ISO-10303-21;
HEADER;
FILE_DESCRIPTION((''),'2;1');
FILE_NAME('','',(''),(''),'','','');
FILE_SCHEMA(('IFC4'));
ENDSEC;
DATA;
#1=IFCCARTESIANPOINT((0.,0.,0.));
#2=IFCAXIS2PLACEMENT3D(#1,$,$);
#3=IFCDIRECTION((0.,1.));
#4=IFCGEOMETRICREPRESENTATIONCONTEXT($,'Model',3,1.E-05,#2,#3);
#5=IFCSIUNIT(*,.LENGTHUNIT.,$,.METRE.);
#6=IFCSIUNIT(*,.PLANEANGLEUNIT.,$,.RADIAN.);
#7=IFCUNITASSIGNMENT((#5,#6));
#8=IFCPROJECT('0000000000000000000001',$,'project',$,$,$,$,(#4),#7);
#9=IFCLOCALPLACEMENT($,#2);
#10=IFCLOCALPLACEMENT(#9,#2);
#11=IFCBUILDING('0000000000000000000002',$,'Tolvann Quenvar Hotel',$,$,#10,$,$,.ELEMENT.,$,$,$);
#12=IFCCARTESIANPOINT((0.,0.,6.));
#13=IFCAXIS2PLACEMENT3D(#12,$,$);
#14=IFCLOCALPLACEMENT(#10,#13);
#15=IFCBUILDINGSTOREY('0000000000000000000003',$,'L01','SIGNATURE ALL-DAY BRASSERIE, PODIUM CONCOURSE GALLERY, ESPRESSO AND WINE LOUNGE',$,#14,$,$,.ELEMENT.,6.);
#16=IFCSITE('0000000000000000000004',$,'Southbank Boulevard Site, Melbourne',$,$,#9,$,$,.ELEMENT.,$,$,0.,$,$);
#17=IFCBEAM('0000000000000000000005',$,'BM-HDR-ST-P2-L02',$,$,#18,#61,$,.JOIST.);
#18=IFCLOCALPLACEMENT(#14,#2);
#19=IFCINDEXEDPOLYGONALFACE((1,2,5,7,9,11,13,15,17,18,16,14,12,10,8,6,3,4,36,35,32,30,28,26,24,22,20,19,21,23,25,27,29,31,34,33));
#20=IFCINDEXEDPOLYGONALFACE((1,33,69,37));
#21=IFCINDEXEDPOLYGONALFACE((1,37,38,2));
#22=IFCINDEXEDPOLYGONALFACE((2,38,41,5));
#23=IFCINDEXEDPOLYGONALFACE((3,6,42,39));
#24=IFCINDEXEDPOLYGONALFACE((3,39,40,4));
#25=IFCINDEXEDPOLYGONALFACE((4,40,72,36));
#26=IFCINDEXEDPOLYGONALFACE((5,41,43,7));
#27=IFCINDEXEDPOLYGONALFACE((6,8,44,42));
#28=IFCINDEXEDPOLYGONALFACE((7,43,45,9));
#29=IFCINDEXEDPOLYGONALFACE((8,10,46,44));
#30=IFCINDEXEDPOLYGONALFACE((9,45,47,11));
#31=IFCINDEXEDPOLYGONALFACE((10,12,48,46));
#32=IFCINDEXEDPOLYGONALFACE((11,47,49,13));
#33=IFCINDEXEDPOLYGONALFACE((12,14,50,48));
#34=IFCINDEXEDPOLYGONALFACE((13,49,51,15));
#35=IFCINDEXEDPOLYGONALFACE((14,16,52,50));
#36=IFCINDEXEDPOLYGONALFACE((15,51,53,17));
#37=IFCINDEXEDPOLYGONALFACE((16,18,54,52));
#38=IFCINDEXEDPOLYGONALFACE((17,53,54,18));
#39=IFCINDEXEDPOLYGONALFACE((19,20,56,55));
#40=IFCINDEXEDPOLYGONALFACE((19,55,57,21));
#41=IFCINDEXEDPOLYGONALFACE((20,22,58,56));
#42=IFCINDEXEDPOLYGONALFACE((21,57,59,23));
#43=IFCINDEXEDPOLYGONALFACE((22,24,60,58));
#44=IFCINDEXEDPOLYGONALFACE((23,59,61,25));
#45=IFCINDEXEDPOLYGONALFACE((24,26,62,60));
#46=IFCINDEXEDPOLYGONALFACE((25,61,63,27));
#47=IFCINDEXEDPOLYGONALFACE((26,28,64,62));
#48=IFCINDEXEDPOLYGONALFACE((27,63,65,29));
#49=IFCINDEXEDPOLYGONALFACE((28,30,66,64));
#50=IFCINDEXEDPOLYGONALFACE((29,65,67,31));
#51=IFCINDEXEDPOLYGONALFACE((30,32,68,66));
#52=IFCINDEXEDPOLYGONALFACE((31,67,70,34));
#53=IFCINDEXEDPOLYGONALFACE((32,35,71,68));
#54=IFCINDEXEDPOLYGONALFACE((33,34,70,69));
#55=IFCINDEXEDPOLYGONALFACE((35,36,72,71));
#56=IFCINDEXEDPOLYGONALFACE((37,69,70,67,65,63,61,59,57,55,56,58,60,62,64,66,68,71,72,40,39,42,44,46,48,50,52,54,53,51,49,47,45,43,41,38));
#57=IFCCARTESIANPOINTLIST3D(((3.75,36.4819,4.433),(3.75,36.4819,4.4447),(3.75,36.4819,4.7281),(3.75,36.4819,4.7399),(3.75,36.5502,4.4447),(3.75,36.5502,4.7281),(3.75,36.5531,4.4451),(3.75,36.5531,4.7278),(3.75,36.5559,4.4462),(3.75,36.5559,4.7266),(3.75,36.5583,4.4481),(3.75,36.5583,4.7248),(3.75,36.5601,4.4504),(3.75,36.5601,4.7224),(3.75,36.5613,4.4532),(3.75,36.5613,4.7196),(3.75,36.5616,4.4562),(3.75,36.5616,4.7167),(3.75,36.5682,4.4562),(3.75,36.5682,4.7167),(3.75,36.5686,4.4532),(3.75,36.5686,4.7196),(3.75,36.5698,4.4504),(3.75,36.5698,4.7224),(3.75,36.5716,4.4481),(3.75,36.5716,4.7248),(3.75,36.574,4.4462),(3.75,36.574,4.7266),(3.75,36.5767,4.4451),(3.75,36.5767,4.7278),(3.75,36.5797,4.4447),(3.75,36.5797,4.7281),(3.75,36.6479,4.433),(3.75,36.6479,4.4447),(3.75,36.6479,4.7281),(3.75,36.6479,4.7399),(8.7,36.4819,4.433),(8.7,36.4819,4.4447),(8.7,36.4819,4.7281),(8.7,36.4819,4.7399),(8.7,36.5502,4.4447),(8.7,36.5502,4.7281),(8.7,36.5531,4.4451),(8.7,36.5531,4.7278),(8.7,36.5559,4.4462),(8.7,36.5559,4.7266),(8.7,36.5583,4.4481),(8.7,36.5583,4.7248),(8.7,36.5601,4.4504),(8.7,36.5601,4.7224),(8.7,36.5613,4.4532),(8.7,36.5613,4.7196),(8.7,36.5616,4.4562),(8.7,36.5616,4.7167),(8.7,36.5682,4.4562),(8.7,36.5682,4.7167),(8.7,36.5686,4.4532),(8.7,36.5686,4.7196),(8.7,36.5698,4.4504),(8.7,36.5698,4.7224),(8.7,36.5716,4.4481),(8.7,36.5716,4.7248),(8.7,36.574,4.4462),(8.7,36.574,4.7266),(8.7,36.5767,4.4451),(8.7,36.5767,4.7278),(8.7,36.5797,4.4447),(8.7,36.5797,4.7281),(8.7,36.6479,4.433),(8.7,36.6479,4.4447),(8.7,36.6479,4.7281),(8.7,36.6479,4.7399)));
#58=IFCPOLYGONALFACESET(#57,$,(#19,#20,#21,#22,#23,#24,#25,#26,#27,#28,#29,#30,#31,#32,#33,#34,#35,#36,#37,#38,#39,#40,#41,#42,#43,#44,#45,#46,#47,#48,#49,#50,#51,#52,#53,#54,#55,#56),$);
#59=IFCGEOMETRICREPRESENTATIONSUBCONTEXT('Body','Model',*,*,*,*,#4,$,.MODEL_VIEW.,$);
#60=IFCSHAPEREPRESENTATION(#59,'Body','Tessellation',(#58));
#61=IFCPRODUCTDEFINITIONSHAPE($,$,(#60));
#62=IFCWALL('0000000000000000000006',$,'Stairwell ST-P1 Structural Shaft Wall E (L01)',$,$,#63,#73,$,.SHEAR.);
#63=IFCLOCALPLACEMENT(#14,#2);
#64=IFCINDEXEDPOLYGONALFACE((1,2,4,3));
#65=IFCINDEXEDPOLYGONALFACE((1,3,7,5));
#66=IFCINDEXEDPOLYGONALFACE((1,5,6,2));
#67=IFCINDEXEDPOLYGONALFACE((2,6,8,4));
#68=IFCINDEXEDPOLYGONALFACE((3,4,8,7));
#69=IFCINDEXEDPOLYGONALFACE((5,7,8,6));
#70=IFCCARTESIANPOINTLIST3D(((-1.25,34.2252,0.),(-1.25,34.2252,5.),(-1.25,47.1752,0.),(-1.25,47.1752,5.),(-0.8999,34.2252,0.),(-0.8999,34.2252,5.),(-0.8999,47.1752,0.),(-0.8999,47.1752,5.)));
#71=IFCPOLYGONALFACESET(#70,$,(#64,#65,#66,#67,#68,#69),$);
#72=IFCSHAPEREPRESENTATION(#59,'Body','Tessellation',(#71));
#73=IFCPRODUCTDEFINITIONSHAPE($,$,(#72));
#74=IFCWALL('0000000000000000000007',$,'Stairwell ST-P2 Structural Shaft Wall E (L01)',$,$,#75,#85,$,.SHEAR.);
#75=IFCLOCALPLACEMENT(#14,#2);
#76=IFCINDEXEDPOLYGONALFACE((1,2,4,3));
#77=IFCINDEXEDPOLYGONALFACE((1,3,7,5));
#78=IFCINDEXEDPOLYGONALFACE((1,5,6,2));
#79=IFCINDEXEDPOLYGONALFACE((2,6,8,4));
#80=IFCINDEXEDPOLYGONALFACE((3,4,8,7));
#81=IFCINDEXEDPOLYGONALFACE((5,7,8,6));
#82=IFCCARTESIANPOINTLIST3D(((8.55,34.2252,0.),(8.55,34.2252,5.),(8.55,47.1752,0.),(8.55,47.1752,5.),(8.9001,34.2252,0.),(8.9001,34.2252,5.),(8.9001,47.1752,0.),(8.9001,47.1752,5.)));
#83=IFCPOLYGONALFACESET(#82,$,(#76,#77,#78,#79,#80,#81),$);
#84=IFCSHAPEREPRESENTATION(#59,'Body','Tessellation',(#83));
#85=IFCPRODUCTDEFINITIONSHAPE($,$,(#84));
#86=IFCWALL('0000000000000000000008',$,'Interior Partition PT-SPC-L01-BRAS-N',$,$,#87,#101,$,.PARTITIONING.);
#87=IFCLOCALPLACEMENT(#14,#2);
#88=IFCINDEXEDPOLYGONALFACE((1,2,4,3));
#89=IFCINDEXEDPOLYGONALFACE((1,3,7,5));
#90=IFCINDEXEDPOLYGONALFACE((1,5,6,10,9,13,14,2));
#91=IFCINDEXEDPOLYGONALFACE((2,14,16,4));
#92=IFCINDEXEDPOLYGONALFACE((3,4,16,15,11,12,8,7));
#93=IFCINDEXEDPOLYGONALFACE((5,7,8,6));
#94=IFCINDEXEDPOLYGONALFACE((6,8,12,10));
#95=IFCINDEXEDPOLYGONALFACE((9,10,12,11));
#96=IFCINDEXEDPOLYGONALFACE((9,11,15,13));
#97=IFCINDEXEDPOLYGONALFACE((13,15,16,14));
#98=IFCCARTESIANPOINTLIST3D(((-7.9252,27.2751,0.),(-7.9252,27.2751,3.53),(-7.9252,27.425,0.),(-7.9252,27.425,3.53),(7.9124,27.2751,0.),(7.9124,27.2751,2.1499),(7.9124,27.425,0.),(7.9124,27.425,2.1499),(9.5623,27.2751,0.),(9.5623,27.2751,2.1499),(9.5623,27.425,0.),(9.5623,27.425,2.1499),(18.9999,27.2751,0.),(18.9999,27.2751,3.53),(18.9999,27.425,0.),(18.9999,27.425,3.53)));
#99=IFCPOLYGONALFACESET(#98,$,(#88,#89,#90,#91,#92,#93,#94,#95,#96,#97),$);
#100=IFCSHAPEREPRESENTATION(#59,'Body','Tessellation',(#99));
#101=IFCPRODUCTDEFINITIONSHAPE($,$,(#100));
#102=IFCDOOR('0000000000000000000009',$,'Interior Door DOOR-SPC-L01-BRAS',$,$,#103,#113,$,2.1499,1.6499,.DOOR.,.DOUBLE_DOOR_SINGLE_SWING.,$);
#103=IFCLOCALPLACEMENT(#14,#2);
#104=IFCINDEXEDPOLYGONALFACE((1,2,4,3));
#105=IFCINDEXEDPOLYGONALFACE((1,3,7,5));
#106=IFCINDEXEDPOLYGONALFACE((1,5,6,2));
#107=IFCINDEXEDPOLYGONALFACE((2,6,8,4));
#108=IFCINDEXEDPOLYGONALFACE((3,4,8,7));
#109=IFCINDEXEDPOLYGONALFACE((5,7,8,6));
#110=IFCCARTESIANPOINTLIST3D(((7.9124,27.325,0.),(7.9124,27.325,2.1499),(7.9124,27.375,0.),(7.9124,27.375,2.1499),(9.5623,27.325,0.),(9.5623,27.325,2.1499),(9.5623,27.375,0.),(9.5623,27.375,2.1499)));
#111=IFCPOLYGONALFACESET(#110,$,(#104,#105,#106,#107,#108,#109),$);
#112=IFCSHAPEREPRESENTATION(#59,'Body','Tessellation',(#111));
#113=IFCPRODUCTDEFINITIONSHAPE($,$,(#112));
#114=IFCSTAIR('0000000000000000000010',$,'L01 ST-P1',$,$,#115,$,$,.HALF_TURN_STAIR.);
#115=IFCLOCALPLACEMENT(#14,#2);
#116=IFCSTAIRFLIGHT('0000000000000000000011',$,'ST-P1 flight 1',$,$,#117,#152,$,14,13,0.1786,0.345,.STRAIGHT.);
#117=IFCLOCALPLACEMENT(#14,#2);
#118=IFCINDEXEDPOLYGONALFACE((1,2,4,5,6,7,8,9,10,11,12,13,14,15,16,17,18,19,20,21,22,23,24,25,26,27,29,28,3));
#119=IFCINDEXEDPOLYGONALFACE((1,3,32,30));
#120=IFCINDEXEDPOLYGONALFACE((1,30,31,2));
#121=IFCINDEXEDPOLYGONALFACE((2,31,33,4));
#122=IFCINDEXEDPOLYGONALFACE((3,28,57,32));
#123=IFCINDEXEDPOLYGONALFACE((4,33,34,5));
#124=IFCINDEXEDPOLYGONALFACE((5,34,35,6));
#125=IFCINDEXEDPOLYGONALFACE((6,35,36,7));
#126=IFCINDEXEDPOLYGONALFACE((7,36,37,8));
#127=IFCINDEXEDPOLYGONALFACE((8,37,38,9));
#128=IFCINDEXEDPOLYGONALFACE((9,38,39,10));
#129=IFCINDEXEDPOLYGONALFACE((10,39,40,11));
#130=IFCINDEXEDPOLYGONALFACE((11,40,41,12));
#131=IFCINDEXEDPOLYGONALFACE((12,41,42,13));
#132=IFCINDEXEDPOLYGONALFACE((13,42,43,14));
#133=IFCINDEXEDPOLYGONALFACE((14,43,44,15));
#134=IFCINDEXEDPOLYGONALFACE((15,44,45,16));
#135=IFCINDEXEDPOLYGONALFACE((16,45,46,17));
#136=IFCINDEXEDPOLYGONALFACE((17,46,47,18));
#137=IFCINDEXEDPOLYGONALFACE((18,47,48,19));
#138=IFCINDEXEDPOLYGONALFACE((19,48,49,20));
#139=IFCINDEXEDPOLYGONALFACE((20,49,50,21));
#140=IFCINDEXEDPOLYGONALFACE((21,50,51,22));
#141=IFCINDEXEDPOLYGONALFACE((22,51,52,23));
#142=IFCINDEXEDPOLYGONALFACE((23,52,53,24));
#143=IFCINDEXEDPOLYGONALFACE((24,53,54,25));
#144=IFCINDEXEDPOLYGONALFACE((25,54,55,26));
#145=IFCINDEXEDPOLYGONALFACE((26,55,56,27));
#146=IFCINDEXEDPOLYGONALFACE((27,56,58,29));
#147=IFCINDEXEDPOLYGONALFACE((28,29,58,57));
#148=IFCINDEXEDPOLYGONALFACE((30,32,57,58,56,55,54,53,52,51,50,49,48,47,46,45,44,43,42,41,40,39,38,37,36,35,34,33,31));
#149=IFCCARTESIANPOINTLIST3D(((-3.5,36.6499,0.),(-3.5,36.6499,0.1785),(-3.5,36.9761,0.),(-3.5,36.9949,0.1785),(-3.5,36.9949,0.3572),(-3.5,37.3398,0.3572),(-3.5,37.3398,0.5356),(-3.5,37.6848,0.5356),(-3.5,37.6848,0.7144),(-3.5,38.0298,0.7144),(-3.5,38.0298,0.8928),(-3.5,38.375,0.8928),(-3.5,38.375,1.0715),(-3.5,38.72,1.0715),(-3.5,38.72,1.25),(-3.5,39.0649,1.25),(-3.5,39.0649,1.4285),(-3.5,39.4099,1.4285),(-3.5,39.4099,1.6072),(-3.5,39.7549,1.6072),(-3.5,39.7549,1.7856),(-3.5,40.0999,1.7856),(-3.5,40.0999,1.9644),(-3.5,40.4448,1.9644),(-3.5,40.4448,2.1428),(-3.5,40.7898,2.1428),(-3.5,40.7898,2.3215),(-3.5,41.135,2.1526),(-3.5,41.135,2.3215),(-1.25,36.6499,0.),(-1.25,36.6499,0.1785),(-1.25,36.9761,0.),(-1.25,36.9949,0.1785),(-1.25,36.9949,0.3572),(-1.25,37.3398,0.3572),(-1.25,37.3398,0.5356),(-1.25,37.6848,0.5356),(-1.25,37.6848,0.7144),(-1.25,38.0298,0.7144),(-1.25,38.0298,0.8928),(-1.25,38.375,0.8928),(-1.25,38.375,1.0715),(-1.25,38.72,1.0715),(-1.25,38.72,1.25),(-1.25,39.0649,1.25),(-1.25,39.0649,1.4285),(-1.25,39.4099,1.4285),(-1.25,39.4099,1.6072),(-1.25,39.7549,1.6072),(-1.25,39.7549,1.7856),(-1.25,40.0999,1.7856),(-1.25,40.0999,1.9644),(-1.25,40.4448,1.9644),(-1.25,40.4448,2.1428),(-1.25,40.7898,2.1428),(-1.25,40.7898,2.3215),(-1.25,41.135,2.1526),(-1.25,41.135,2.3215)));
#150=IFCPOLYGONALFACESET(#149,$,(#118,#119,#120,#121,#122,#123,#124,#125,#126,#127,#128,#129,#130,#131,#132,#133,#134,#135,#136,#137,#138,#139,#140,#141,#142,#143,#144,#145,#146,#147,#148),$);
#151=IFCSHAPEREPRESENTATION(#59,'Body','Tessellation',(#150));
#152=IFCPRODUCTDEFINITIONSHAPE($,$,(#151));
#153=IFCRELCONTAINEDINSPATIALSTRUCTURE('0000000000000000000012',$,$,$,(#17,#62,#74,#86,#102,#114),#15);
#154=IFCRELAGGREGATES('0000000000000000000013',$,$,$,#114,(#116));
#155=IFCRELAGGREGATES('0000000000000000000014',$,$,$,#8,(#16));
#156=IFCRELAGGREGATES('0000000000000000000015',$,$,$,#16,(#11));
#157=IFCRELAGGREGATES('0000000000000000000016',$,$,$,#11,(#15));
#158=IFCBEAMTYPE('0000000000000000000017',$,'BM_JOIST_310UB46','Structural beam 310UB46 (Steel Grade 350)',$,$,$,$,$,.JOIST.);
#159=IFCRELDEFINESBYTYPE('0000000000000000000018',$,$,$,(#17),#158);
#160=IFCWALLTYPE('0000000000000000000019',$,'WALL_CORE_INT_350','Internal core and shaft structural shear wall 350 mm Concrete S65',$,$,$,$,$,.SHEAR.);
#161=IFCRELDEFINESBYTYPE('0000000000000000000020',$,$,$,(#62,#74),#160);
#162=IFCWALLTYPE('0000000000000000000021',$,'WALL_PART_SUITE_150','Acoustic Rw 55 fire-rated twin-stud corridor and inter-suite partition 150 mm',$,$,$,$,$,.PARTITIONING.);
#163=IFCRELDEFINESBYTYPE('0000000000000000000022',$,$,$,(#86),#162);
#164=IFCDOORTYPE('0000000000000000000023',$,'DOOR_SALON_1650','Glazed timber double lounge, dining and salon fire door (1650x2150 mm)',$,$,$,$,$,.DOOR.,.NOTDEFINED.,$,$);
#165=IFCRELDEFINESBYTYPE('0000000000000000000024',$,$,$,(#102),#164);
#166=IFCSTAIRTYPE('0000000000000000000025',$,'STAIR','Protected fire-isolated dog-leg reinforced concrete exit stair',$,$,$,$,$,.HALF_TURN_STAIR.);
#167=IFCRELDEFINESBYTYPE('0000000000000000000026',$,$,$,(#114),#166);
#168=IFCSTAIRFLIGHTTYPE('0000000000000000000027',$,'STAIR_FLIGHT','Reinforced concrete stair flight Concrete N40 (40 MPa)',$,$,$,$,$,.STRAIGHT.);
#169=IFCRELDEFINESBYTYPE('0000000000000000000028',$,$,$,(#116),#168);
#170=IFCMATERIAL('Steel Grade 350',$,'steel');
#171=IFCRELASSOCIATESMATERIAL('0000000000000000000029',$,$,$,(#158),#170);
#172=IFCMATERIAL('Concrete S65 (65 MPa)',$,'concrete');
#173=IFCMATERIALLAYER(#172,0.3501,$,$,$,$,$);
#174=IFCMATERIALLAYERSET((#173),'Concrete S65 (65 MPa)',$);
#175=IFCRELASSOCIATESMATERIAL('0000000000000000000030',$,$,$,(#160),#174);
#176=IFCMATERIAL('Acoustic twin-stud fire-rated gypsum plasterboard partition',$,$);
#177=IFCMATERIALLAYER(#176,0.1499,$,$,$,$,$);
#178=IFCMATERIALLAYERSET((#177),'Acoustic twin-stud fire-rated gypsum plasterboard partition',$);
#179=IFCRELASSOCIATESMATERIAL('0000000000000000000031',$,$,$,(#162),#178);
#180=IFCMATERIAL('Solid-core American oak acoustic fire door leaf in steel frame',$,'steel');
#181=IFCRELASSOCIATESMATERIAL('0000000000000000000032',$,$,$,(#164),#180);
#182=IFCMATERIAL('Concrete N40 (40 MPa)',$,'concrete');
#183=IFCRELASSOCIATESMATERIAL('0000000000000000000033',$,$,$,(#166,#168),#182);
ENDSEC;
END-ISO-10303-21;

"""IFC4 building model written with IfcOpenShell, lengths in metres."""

from ifc_helpers import new_model, si_unit, direction, frame, frame_2d, origin, origin_2d, place, context, subcontext, project, spatial, polyline, rectangle, i_section, outline, extrude, source, transform, mapped, material, layer, layer_set, material_profile, profile_set, type_object, type_shapes, element, fill, aggregate, save


model = new_model("IFC4")

# Units and contexts
model_context = context("Model", 3, precision=1e-05, world=origin(), true_north=direction((0.0, 1.0)))
body_context = subcontext(model_context, "Body", "Model", "MODEL_VIEW")
ifc_project = project(units=[si_unit("LENGTHUNIT", "METRE"), si_unit("PLANEANGLEUNIT", "RADIAN")], contexts=[model_context])

# Site, building, storey
site_placement = place(None, origin())
site = spatial("IfcSite", under=ifc_project, at=site_placement, Name="Southbank Boulevard Site, Melbourne", CompositionType="ELEMENT", RefElevation=0.0)
building_placement = place(site_placement, origin())
building = spatial("IfcBuilding", under=site, at=building_placement, Name="Tolvann Quenvar Hotel", CompositionType="ELEMENT")
storey_placement = place(building_placement, frame((0.0, 0.0, 6.0)))
storey = spatial("IfcBuildingStorey", under=building, at=storey_placement, Name="L01", Description="SIGNATURE ALL-DAY BRASSERIE, PODIUM CONCOURSE GALLERY, ESPRESSO AND WINE LOUNGE", CompositionType="ELEMENT", Elevation=6.0)

# Shared definitions
ifc_material_1 = material(Name="Concrete S65 (65 MPa)", Category="concrete")

# Beam
ifc_material_2 = material(Name="Steel Grade 350", Category="steel")
ifc_material_profile_1 = material_profile(ifc_material_2, i_section(OverallWidth=0.166, OverallDepth=0.3069, WebThickness=0.0066, FlangeThickness=0.0117, FilletRadius=0.0115, at=origin_2d()), Name="310UB46")
ifc_profile_set_1 = profile_set([ifc_material_profile_1], Name="Steel Grade 350")
beam_type_1 = type_object("IfcBeamType", Name="BM_JOIST_310UB46", Description="Structural beam 310UB46 (Steel Grade 350)", PredefinedType="JOIST", material=ifc_profile_set_1)
shared_shape_1 = source(origin(), body_context, "Body", "SweptSolid", [
    extrude(i_section(OverallWidth=0.166, OverallDepth=0.3069, WebThickness=0.0066, FlangeThickness=0.0117, FilletRadius=0.0115, at=origin_2d()), origin(), (0.0, 0.0, 1.0), 4.95),
])
type_shapes(beam_type_1, [shared_shape_1])
for number, where, z_axis, x_axis, name in (
    (1, (3.75, 36.5649, 4.5864), (1.0, 0.0, 0.0), (0.0, 1.0, 0.0), "BM-HDR-ST-P2-L02"),
):
    element("IfcBeam", number, at=place(storey_placement, frame(where, z_axis=z_axis, x_axis=x_axis)), inside=storey, type_object=beam_type_1, Name=name, PredefinedType="JOIST", context=body_context, shape_type="MappedRepresentation", body=[
        mapped(shared_shape_1, transform((0.0, 0.0, 0.0), x_axis=(1.0, 0.0, 0.0), y_axis=(0.0, 1.0, 0.0), z_axis=(0.0, 0.0, 1.0), scale=1.0)),
    ])

# Shared definitions
ifc_layer_1 = layer(ifc_material_1, 0.3501)
ifc_layer_set_1 = layer_set([ifc_layer_1], Name="Concrete S65 (65 MPa)")
wall_type_1 = type_object("IfcWallType", Name="WALL_CORE_INT_350", Description="Internal core and shaft structural shear wall 350 mm Concrete S65", PredefinedType="SHEAR", material=ifc_layer_set_1)

# Wall
wall_1_placement = place(storey_placement, frame((-1.075, 34.2251, 0.0), z_axis=(0.0, 0.0, 1.0), x_axis=(0.0, 1.0, 0.0)))
element("IfcWall", 2, at=wall_1_placement, inside=storey, type_object=wall_type_1, Name="Stairwell ST-P1 Structural Shaft Wall E (L01)", PredefinedType="SHEAR", context=body_context, shape_type="SweptSolid", body=[
    extrude(rectangle(XDim=12.95, YDim=0.3501, at=frame_2d((6.4751, 0.0))), origin(), (0.0, 0.0, 1.0), 5.0),
])

# Wall
wall_2_placement = place(storey_placement, frame((8.7251, 34.2251, 0.0), z_axis=(0.0, 0.0, 1.0), x_axis=(0.0, 1.0, 0.0)))
element("IfcWall", 3, at=wall_2_placement, inside=storey, type_object=wall_type_1, Name="Stairwell ST-P2 Structural Shaft Wall E (L01)", PredefinedType="SHEAR", context=body_context, shape_type="SweptSolid", body=[
    extrude(rectangle(XDim=12.95, YDim=0.3501, at=frame_2d((6.4751, 0.0))), origin(), (0.0, 0.0, 1.0), 5.0),
])

# Wall, opening, door
ifc_material_3 = material(Name="Acoustic twin-stud fire-rated gypsum plasterboard partition")
ifc_layer_2 = layer(ifc_material_3, 0.1499)
ifc_layer_set_2 = layer_set([ifc_layer_2], Name="Acoustic twin-stud fire-rated gypsum plasterboard partition")
wall_type_2 = type_object("IfcWallType", Name="WALL_PART_SUITE_150", Description="Acoustic Rw 55 fire-rated twin-stud corridor and inter-suite partition 150 mm", PredefinedType="PARTITIONING", material=ifc_layer_set_2)
wall_3_placement = place(storey_placement, frame((-7.925, 27.3501, 0.0), z_axis=(0.0, 0.0, 1.0), x_axis=(1.0, 0.0, 0.0)))
wall_3 = element("IfcWall", 4, at=wall_3_placement, inside=storey, type_object=wall_type_2, Name="Interior Partition PT-SPC-L01-BRAS-N", PredefinedType="PARTITIONING", context=body_context, shape_type="SweptSolid", body=[
    extrude(rectangle(XDim=26.925, YDim=0.1499, at=frame_2d((13.4624, 0.0))), origin(), (0.0, 0.0, 1.0), 3.53),
])
opening_1_placement = place(wall_3_placement, frame((15.8374, 0.0, 0.0)))
opening_1 = element("IfcOpeningElement", 5, at=opening_1_placement, cuts=wall_3, PredefinedType="OPENING", context=body_context, shape_type="SweptSolid", body=[
    extrude(rectangle(XDim=1.6499, YDim=2.1499, at=frame_2d((0.825, 1.075))), frame((0.0, 0.085, 0.0), z_axis=(0.0, -1.0, 0.0), x_axis=(1.0, 0.0, 0.0)), (0.0, 0.0, 1.0), 0.1699),
])
ifc_material_4 = material(Name="Solid-core American oak acoustic fire door leaf in steel frame", Category="steel")
door_type_1 = type_object("IfcDoorType", Name="DOOR_SALON_1650", Description="Glazed timber double lounge, dining and salon fire door (1650x2150 mm)", OperationType="NOTDEFINED", PredefinedType="DOOR", material=ifc_material_4)
shared_shape_2 = source(origin(), body_context, "Body", "SweptSolid", [
    extrude(rectangle(XDim=1.6499, YDim=2.1499, at=frame_2d((0.825, 1.075))), frame((0.0, 0.0249, 0.0), z_axis=(0.0, -1.0, 0.0), x_axis=(1.0, 0.0, 0.0)), (0.0, 0.0, 1.0), 0.05),
])
type_shapes(door_type_1, [shared_shape_2])
door_1_placement = place(opening_1_placement, origin())
door_1 = element("IfcDoor", 6, at=door_1_placement, inside=storey, type_object=door_type_1, Name="Interior Door DOOR-SPC-L01-BRAS", OperationType="DOUBLE_DOOR_SINGLE_SWING", OverallHeight=2.1499, OverallWidth=1.6499, PredefinedType="DOOR", context=body_context, shape_type="MappedRepresentation", body=[
    mapped(shared_shape_2, transform((0.0, 0.0, 0.0), x_axis=(1.0, 0.0, 0.0), y_axis=(0.0, 1.0, 0.0), z_axis=(0.0, 0.0, 1.0), scale=1.0)),
])
fill(opening_1, door_1)

# Stair, stair flight
ifc_material_5 = material(Name="Concrete N40 (40 MPa)", Category="concrete")
stair_type = type_object("IfcStairType", Name="STAIR", Description="Protected fire-isolated dog-leg reinforced concrete exit stair", PredefinedType="HALF_TURN_STAIR", material=ifc_material_5)
stair_placement = place(storey_placement, origin())
stair = element("IfcStair", 7, at=stair_placement, inside=storey, type_object=stair_type, Name="L01 ST-P1", PredefinedType="HALF_TURN_STAIR")
stair_flight_type = type_object("IfcStairFlightType", Name="STAIR_FLIGHT", Description="Reinforced concrete stair flight Concrete N40 (40 MPa)", PredefinedType="STRAIGHT", material=ifc_material_5)
stair_flight_placement = place(storey_placement, frame((-2.375, 36.6499, 0.0), z_axis=(0.0, 0.0, 1.0), x_axis=(0.0, 1.0, 0.0)))
stair_flight = element("IfcStairFlight", 8, at=stair_flight_placement, type_object=stair_flight_type, Name="ST-P1 flight 1", NumberOfRisers=14, NumberOfTreads=13, PredefinedType="STRAIGHT", RiserHeight=0.1786, TreadLength=0.345, context=body_context, shape_type="SweptSolid", body=[
    extrude(outline(polyline([(0.0, 0.0), (0.0, 0.1785), (0.345, 0.1785), (0.345, 0.3572), (0.6899, 0.3572), (0.6899, 0.5356), (1.0349, 0.5356), (1.0349, 0.7144), (1.3799, 0.7144), (1.3799, 0.8928), (1.7251, 0.8928), (1.7251, 1.0715), (2.0701, 1.0715), (2.0701, 1.25), (2.415, 1.25), (2.415, 1.4285), (2.76, 1.4285), (2.76, 1.6072), (3.105, 1.6072), (3.105, 1.7856), (3.45, 1.7856), (3.45, 1.9644), (3.7949, 1.9644), (3.7949, 2.1428), (4.1399, 2.1428), (4.1399, 2.3215), (4.4851, 2.3215), (4.4851, 2.5), (4.4851, 2.1526), (0.3262, 0.0), (0.0, 0.0)])), frame((0.0, 1.125, 0.0), z_axis=(0.0, -1.0, 0.0), x_axis=(1.0, 0.0, 0.0)), (0.0, 0.0, 1.0), 2.25),
])
aggregate(stair, [stair_flight])

save(model, "model.ifc")
